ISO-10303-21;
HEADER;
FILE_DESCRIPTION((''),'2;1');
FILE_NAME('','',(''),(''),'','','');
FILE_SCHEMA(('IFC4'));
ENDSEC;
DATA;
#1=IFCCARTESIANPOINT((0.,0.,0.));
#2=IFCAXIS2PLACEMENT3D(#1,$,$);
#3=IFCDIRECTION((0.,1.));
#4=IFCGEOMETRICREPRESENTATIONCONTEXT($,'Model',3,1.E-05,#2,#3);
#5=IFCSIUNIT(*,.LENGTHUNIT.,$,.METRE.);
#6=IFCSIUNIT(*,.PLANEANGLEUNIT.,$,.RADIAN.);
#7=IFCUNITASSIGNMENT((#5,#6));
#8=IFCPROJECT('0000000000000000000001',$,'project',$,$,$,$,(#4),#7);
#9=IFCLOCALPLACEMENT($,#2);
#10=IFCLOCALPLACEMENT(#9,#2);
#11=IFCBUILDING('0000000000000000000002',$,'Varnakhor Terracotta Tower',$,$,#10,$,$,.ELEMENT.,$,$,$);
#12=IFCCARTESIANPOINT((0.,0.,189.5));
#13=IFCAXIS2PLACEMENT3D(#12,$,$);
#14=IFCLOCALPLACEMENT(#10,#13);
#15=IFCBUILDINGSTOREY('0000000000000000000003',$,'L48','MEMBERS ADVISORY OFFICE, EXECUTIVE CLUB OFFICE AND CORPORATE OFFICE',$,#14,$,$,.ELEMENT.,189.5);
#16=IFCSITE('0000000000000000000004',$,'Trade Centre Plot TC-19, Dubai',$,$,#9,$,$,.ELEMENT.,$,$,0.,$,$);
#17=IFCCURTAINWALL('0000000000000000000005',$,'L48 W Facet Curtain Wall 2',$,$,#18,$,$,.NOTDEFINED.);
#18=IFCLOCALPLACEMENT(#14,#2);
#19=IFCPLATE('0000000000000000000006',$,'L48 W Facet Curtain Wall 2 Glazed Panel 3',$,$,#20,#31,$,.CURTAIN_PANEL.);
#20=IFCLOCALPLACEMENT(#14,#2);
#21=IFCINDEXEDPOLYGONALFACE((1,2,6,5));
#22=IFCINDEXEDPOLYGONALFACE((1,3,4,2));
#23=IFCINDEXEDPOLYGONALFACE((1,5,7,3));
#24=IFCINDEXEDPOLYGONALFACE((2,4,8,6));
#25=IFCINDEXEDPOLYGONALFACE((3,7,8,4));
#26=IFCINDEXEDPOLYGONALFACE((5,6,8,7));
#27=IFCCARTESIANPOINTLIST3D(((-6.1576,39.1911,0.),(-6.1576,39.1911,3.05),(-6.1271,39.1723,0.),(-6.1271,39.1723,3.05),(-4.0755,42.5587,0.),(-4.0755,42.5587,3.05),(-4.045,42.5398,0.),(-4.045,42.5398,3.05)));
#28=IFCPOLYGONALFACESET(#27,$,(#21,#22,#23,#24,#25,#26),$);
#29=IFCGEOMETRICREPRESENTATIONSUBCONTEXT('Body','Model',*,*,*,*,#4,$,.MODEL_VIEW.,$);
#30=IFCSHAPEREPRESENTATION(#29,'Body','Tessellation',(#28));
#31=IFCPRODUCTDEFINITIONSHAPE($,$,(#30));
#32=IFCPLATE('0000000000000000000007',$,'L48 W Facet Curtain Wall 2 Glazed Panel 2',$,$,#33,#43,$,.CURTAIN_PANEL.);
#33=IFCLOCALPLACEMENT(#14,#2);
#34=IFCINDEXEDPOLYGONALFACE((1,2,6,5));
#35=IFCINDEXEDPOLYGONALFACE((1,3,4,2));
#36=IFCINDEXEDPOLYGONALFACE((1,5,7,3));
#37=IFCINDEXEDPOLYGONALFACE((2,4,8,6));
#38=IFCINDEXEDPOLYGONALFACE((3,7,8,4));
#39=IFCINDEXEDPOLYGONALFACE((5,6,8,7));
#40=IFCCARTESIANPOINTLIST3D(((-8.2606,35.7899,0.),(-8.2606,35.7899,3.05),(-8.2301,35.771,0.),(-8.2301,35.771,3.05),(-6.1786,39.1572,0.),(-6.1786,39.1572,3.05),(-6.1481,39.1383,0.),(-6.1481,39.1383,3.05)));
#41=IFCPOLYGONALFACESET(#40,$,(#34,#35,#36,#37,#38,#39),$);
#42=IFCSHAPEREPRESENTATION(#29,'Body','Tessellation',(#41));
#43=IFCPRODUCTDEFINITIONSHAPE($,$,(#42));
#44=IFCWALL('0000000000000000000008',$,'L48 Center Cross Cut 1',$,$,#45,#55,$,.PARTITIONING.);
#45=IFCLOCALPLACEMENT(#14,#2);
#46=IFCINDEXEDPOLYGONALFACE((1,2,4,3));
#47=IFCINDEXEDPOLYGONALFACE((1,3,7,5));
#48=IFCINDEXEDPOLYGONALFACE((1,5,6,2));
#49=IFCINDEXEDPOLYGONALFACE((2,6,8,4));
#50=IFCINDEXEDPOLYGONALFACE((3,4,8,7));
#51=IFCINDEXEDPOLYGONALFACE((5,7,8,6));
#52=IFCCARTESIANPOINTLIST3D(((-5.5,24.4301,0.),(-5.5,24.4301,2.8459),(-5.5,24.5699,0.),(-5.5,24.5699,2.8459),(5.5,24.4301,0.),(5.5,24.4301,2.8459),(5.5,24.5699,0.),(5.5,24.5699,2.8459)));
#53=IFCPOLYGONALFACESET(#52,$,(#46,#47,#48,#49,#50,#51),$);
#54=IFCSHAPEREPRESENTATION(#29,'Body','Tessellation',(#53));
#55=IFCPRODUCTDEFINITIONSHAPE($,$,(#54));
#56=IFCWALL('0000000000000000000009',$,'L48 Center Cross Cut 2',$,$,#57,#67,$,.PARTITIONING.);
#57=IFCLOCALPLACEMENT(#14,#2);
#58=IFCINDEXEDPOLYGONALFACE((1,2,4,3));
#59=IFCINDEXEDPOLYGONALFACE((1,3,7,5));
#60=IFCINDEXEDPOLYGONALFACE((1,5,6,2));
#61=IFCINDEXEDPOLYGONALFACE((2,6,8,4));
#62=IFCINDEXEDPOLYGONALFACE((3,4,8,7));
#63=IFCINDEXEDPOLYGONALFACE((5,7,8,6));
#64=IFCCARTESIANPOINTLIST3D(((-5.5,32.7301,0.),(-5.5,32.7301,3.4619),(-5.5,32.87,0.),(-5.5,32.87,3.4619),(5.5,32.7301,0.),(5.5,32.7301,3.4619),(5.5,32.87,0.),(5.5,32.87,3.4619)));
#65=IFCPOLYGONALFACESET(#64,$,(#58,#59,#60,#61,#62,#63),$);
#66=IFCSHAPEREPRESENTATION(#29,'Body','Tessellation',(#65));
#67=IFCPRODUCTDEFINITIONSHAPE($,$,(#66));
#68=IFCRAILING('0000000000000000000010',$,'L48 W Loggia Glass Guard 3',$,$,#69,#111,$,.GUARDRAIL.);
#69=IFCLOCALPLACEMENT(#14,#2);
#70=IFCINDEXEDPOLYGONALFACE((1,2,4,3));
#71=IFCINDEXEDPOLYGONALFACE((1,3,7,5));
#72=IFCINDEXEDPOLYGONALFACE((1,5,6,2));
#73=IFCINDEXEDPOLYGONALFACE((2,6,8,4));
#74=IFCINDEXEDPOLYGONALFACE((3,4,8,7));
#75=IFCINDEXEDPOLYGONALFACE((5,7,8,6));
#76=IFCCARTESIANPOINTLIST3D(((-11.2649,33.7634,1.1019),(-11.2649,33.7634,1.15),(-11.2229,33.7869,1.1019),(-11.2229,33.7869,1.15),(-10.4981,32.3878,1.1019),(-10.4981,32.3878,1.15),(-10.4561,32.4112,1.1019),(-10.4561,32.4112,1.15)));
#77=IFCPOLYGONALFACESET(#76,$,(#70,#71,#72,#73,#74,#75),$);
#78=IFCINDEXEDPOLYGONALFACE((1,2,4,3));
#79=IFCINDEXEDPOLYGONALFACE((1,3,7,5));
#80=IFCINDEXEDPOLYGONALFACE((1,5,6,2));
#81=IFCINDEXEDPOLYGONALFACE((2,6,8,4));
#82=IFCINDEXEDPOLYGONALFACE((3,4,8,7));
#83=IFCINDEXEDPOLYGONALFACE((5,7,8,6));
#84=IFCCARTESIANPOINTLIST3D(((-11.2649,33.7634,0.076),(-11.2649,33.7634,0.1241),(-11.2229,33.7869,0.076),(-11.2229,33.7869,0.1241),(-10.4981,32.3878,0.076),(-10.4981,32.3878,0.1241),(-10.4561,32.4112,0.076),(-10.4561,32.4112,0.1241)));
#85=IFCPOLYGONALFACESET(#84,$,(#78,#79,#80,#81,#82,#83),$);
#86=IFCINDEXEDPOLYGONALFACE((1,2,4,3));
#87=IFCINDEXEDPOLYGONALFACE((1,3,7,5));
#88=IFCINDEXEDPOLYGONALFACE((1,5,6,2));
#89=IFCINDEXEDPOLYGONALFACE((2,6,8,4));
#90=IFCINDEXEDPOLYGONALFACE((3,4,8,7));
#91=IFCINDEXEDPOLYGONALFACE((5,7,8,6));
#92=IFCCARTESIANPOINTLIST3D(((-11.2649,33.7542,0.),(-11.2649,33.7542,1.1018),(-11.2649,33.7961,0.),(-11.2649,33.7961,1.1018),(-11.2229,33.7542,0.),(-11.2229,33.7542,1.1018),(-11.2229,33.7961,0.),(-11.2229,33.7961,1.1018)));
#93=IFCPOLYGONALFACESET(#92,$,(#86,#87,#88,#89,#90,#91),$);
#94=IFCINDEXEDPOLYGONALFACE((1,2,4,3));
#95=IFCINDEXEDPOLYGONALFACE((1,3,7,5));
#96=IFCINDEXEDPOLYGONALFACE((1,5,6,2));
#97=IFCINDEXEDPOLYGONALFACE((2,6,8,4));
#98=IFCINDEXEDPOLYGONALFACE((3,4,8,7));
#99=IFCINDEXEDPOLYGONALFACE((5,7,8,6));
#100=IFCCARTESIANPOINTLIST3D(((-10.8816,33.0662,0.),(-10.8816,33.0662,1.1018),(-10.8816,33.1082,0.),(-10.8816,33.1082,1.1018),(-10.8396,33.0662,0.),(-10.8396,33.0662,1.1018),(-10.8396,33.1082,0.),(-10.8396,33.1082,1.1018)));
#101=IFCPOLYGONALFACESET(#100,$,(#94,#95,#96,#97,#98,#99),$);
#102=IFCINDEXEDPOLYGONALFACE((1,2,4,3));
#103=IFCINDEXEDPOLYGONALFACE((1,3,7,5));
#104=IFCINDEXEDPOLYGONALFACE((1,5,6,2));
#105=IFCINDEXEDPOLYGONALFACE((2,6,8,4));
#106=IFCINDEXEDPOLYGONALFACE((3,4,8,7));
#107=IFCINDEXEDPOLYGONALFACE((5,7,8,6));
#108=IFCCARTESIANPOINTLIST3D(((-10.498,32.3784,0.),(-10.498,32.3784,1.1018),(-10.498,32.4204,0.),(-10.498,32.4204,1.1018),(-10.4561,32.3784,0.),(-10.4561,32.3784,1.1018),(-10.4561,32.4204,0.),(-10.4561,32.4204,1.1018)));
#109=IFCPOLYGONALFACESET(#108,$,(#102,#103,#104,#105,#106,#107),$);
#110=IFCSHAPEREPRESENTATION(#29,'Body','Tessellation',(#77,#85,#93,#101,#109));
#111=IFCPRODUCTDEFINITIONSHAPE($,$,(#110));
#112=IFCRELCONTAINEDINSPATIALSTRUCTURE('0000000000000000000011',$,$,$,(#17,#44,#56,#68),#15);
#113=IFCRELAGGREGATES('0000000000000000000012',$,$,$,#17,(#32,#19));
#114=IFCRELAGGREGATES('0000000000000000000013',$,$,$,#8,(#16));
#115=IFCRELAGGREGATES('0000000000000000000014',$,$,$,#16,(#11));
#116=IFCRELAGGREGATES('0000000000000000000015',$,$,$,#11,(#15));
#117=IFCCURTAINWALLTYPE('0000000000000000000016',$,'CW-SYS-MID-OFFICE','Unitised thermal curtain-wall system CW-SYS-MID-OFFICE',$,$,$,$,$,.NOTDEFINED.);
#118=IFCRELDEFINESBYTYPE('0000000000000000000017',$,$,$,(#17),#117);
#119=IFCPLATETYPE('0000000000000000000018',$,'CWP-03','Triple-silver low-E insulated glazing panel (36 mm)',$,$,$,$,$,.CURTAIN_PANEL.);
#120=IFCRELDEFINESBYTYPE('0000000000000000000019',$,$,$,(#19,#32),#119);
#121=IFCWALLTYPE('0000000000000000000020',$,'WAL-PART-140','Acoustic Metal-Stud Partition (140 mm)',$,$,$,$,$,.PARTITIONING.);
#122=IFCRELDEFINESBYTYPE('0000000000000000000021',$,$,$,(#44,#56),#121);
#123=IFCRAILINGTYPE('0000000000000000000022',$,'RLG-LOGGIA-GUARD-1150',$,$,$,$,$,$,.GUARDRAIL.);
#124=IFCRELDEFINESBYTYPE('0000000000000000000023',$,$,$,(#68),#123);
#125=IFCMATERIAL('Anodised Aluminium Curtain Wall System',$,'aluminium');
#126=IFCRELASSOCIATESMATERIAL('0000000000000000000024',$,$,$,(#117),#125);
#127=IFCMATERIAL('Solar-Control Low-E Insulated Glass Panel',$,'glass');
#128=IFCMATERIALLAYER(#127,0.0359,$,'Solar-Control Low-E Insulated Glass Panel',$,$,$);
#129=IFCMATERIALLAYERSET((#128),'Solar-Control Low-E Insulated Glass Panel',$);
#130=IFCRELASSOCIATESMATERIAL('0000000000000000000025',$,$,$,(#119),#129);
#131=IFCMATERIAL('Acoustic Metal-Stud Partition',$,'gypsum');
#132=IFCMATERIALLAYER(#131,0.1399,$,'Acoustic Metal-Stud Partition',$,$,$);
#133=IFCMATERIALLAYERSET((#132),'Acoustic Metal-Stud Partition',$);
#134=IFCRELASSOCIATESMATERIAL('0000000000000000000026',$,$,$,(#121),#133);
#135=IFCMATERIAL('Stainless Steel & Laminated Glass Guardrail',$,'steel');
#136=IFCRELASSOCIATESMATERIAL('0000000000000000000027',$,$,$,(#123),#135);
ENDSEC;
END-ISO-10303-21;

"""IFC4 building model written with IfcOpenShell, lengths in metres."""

from ifc_helpers import new_model, si_unit, direction, frame, frame_2d, origin, origin_2d, place, context, subcontext, project, spatial, rectangle, extrude, source, transform, mapped, material, layer, layer_set, type_object, element, aggregate, save


model = new_model("IFC4")

# Units and contexts
model_context = context("Model", 3, precision=1e-05, world=origin(), true_north=direction((0.0, 1.0)))
body_context = subcontext(model_context, "Body", "Model", "MODEL_VIEW")
ifc_project = project(units=[si_unit("LENGTHUNIT", "METRE"), si_unit("PLANEANGLEUNIT", "RADIAN")], contexts=[model_context])

# Site, building, storey
site_placement = place(None, origin())
site = spatial("IfcSite", under=ifc_project, at=site_placement, Name="Trade Centre Plot TC-19, Dubai", CompositionType="ELEMENT", RefElevation=0.0)
building_placement = place(site_placement, origin())
building = spatial("IfcBuilding", under=site, at=building_placement, Name="Varnakhor Terracotta Tower", CompositionType="ELEMENT")
storey_placement = place(building_placement, frame((0.0, 0.0, 189.5)))
storey = spatial("IfcBuildingStorey", under=building, at=storey_placement, Name="L48", Description="MEMBERS ADVISORY OFFICE, EXECUTIVE CLUB OFFICE AND CORPORATE OFFICE", CompositionType="ELEMENT", Elevation=189.5)

# Curtain wall
ifc_material_1 = material(Name="Anodised Aluminium Curtain Wall System", Category="aluminium")
curtain_wall_type = type_object("IfcCurtainWallType", Name="CW-SYS-MID-OFFICE", Description="Unitised thermal curtain-wall system CW-SYS-MID-OFFICE", PredefinedType="NOTDEFINED", material=ifc_material_1)
curtain_wall_1_placement = place(storey_placement, origin())
curtain_wall_1 = element("IfcCurtainWall", 1, at=curtain_wall_1_placement, inside=storey, type_object=curtain_wall_type, Name="L48 W Facet Curtain Wall 2", PredefinedType="NOTDEFINED")

# Plates
ifc_material_2 = material(Name="Solar-Control Low-E Insulated Glass Panel", Category="glass")
ifc_layer_1 = layer(ifc_material_2, 0.0359, Name="Solar-Control Low-E Insulated Glass Panel")
ifc_layer_set_1 = layer_set([ifc_layer_1], Name="Solar-Control Low-E Insulated Glass Panel")
plate_type = type_object("IfcPlateType", Name="CWP-03", Description="Triple-silver low-E insulated glazing panel (36 mm)", PredefinedType="CURTAIN_PANEL", material=ifc_layer_set_1)
shared_shape_1 = source(origin(), body_context, "Body", "SweptSolid", [
    extrude(rectangle(XDim=3.9592, YDim=0.0359, at=origin_2d()), origin(), (0.0, 0.0, 1.0), 3.05),
])
plate_1_placement = place(storey_placement, frame((-5.1013, 40.8655, 0.0), z_axis=(0.0, 0.0, 1.0), x_axis=(0.525887, 0.850554, 0.0)))
plate_1 = element("IfcPlate", 2, at=plate_1_placement, type_object=plate_type, Name="L48 W Facet Curtain Wall 2 Glazed Panel 3", PredefinedType="CURTAIN_PANEL", context=body_context, shape_type="MappedRepresentation", body=[
    mapped(shared_shape_1, transform((0.0, 0.0, 0.0), scale=1.0)),
])
shared_shape_2 = source(origin(), body_context, "Body", "SweptSolid", [
    extrude(rectangle(XDim=3.959, YDim=0.0359, at=origin_2d()), origin(), (0.0, 0.0, 1.0), 3.05),
])
plate_2_placement = place(storey_placement, frame((-7.2043, 37.4641, 0.0), z_axis=(0.0, 0.0, 1.0), x_axis=(0.525887, 0.850554, 0.0)))
plate_2 = element("IfcPlate", 3, at=plate_2_placement, type_object=plate_type, Name="L48 W Facet Curtain Wall 2 Glazed Panel 2", PredefinedType="CURTAIN_PANEL", context=body_context, shape_type="MappedRepresentation", body=[
    mapped(shared_shape_2, transform((0.0, 0.0, 0.0), scale=1.0)),
])
aggregate(curtain_wall_1, [plate_2, plate_1])

# Walls
ifc_material_3 = material(Name="Acoustic Metal-Stud Partition", Category="gypsum")
ifc_layer_2 = layer(ifc_material_3, 0.1399, Name="Acoustic Metal-Stud Partition")
ifc_layer_set_2 = layer_set([ifc_layer_2], Name="Acoustic Metal-Stud Partition")
wall_type = type_object("IfcWallType", Name="WAL-PART-140", Description="Acoustic Metal-Stud Partition (140 mm)", PredefinedType="PARTITIONING", material=ifc_layer_set_2)
wall_1_placement = place(storey_placement, frame((-5.5, 24.5, 0.0), z_axis=(0.0, 0.0, 1.0), x_axis=(1.0, 0.0, 0.0)))
element("IfcWall", 4, at=wall_1_placement, inside=storey, type_object=wall_type, Name="L48 Center Cross Cut 1", PredefinedType="PARTITIONING", context=body_context, shape_type="SweptSolid", body=[
    extrude(rectangle(XDim=11.0, YDim=0.1399, at=frame_2d((5.5, 0.0))), origin(), (0.0, 0.0, 1.0), 2.8459),
])
wall_2_placement = place(storey_placement, frame((-5.5, 32.8, 0.0), z_axis=(0.0, 0.0, 1.0), x_axis=(1.0, 0.0, 0.0)))
element("IfcWall", 5, at=wall_2_placement, inside=storey, type_object=wall_type, Name="L48 Center Cross Cut 2", PredefinedType="PARTITIONING", context=body_context, shape_type="SweptSolid", body=[
    extrude(rectangle(XDim=11.0, YDim=0.1399, at=frame_2d((5.5, 0.0))), origin(), (0.0, 0.0, 1.0), 3.4619),
])

# Railing
ifc_material_4 = material(Name="Stainless Steel & Laminated Glass Guardrail", Category="steel")
railing_type = type_object("IfcRailingType", Name="RLG-LOGGIA-GUARD-1150", PredefinedType="GUARDRAIL", material=ifc_material_4)
railing_placement = place(storey_placement, frame((-11.2439, 33.7751, 0.0)))
element("IfcRailing", 6, at=railing_placement, inside=storey, type_object=railing_type, Name="L48 W Loggia Glass Guard 3", PredefinedType="GUARDRAIL", context=body_context, shape_type="SweptSolid", body=[
    extrude(rectangle(XDim=0.0481, YDim=0.0481, at=origin_2d()), frame((0.0, 0.0, 1.126), z_axis=(0.48688, -0.873469, 0.0), x_axis=(0.873469, 0.48688, 0.0)), (0.0, 0.0, 1.0), 1.575),
    extrude(rectangle(XDim=0.0481, YDim=0.0481, at=origin_2d()), frame((0.0, 0.0, 0.1001), z_axis=(0.48688, -0.873469, 0.0), x_axis=(0.873469, 0.48688, 0.0)), (0.0, 0.0, 1.0), 1.575),
    extrude(rectangle(XDim=0.042, YDim=0.042, at=origin_2d()), origin(), (0.0, 0.0, 1.0), 1.1018),
    extrude(rectangle(XDim=0.042, YDim=0.042, at=origin_2d()), frame((0.3833, -0.688, 0.0)), (0.0, 0.0, 1.0), 1.1018),
    extrude(rectangle(XDim=0.042, YDim=0.042, at=origin_2d()), frame((0.7668, -1.3757, 0.0)), (0.0, 0.0, 1.0), 1.1018),
])

save(model, "model.ifc")
